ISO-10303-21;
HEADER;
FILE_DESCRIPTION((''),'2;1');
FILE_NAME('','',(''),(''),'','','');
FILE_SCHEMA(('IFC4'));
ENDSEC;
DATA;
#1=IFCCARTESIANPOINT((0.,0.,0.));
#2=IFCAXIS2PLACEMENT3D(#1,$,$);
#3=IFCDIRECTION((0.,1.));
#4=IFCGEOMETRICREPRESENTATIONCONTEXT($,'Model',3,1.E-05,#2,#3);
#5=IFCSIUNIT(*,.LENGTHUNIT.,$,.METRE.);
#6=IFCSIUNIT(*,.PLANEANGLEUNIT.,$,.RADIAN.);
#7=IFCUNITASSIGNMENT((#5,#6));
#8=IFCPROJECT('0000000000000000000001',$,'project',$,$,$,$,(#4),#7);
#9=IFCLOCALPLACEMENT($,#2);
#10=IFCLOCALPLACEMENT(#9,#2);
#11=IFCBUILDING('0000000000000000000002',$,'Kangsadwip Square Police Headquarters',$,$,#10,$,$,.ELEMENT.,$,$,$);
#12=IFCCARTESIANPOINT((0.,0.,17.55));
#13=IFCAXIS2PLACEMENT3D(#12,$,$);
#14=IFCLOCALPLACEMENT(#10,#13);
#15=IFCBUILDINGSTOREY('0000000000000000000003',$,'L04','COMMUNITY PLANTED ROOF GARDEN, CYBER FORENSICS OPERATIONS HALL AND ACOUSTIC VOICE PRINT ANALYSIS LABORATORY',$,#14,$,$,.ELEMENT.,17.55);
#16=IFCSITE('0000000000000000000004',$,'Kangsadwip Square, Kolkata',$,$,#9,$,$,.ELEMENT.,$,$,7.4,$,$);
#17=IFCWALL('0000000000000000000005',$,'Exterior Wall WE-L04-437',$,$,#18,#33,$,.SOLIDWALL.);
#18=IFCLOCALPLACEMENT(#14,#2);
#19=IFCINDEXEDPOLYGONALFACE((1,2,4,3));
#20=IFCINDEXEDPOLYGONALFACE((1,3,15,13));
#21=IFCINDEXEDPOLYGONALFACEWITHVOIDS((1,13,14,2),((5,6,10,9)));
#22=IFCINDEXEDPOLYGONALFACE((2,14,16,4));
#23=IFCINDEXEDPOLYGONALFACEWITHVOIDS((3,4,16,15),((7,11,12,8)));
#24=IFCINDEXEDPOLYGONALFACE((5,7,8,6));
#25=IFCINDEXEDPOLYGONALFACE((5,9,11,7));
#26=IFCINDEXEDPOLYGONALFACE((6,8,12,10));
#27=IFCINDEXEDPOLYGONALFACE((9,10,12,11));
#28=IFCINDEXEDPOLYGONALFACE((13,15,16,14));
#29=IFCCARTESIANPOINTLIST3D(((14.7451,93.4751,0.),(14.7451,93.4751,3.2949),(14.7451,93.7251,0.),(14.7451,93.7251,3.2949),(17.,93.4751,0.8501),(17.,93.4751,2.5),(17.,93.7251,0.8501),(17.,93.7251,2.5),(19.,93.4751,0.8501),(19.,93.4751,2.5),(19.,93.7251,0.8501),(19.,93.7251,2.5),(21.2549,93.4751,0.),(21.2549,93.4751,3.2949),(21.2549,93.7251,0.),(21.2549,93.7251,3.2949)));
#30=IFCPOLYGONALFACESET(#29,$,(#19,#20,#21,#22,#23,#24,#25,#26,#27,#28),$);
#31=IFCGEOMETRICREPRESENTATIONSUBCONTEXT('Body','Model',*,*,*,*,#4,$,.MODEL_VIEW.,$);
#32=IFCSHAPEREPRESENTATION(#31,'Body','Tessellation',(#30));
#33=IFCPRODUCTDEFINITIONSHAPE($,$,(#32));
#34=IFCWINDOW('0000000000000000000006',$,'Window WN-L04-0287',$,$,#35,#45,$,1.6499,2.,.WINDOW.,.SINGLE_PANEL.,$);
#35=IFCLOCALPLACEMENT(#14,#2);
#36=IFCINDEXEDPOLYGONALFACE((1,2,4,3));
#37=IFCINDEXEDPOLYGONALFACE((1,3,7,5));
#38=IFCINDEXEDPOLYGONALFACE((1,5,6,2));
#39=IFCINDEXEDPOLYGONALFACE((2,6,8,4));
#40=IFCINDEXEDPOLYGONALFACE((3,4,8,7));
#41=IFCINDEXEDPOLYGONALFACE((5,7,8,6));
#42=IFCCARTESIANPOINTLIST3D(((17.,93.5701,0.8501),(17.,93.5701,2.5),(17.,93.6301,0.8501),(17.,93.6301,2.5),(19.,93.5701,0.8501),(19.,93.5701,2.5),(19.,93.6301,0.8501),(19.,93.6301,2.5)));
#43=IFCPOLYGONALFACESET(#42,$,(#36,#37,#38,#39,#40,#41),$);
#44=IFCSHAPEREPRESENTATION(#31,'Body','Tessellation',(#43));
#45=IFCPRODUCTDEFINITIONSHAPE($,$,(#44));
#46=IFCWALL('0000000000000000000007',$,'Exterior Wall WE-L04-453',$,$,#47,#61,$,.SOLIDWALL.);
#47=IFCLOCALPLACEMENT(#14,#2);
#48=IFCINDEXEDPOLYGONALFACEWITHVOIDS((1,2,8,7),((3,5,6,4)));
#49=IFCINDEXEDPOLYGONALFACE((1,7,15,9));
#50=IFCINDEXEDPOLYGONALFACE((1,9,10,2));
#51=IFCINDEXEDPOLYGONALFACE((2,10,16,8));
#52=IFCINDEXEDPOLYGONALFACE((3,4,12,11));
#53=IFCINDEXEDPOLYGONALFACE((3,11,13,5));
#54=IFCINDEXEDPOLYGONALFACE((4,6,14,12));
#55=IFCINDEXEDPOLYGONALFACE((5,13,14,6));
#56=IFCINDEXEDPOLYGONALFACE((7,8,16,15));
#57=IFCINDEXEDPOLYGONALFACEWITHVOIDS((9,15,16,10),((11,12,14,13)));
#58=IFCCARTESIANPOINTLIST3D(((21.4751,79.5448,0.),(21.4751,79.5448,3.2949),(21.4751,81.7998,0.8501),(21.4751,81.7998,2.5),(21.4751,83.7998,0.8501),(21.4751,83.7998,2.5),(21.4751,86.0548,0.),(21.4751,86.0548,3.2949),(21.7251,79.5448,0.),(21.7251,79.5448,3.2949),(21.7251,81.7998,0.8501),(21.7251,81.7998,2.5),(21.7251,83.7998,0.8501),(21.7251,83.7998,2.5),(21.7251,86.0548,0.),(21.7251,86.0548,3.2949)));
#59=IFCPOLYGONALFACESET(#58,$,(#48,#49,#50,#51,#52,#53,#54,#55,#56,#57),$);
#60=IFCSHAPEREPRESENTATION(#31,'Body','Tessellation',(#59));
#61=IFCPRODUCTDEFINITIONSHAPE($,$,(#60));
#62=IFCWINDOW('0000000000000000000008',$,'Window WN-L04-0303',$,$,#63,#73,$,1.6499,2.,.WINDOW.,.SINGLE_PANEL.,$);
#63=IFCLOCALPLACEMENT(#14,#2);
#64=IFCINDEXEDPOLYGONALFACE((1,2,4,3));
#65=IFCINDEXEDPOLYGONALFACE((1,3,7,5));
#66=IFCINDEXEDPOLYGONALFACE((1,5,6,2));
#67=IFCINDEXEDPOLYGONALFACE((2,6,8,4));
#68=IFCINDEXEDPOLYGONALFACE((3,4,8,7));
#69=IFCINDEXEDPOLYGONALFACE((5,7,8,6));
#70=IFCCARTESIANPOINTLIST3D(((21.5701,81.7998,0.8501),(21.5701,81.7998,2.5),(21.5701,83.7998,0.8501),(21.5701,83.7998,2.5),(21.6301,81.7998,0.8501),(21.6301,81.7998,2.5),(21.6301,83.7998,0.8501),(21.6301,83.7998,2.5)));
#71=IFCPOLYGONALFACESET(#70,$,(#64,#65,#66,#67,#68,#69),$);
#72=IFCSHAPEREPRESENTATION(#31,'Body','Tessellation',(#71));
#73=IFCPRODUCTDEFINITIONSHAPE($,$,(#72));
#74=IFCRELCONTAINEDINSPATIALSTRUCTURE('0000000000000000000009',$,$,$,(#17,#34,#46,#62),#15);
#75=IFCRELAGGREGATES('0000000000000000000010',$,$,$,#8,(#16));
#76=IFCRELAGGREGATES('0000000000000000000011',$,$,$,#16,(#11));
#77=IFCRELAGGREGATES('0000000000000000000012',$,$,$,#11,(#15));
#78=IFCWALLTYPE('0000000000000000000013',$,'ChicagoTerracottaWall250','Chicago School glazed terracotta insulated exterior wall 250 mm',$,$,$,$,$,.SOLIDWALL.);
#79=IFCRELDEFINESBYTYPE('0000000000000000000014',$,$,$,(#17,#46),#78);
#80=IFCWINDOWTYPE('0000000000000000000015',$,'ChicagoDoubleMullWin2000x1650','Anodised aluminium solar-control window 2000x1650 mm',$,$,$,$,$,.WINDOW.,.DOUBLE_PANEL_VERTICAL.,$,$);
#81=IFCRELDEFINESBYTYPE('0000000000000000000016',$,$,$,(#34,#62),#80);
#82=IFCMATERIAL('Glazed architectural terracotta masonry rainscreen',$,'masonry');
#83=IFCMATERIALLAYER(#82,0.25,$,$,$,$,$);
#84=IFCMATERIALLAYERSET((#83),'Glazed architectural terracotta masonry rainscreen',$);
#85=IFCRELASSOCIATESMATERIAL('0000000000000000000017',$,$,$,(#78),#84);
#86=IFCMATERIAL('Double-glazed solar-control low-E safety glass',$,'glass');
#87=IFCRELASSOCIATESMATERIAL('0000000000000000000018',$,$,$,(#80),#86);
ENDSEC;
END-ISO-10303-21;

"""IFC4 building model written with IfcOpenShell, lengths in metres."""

from ifc_helpers import new_model, si_unit, direction, frame, frame_2d, origin, place, context, subcontext, project, spatial, rectangle, extrude, material, layer, layer_set, type_object, element, fill, save


model = new_model("IFC4")

# Units and contexts
model_context = context("Model", 3, precision=1e-05, world=origin(), true_north=direction((0.0, 1.0)))
body_context = subcontext(model_context, "Body", "Model", "MODEL_VIEW")
ifc_project = project(units=[si_unit("LENGTHUNIT", "METRE"), si_unit("PLANEANGLEUNIT", "RADIAN")], contexts=[model_context])

# Site, building, storey
site_placement = place(None, origin())
site = spatial("IfcSite", under=ifc_project, at=site_placement, Name="Kangsadwip Square, Kolkata", CompositionType="ELEMENT", RefElevation=7.4)
building_placement = place(site_placement, origin())
building = spatial("IfcBuilding", under=site, at=building_placement, Name="Kangsadwip Square Police Headquarters", CompositionType="ELEMENT")
storey_placement = place(building_placement, frame((0.0, 0.0, 17.55)))
storey = spatial("IfcBuildingStorey", under=building, at=storey_placement, Name="L04", Description="COMMUNITY PLANTED ROOF GARDEN, CYBER FORENSICS OPERATIONS HALL AND ACOUSTIC VOICE PRINT ANALYSIS LABORATORY", CompositionType="ELEMENT", Elevation=17.55)

# Walls, openings, windows
ifc_material_1 = material(Name="Glazed architectural terracotta masonry rainscreen", Category="masonry")
ifc_layer_1 = layer(ifc_material_1, 0.25)
ifc_layer_set_1 = layer_set([ifc_layer_1], Name="Glazed architectural terracotta masonry rainscreen")
wall_type_1 = type_object("IfcWallType", Name="ChicagoTerracottaWall250", Description="Chicago School glazed terracotta insulated exterior wall 250 mm", PredefinedType="SOLIDWALL", material=ifc_layer_set_1)
wall_1_placement = place(storey_placement, frame((14.7451, 93.6001, 0.0), z_axis=(0.0, 0.0, 1.0), x_axis=(1.0, 0.0, 0.0)))
wall_1 = element("IfcWall", 1, at=wall_1_placement, inside=storey, type_object=wall_type_1, Name="Exterior Wall WE-L04-437", PredefinedType="SOLIDWALL", context=body_context, shape_type="SweptSolid", body=[
    extrude(rectangle(XDim=6.5098, YDim=0.25, at=frame_2d((3.2549, 0.0))), origin(), (0.0, 0.0, 1.0), 3.2949),
])
opening_1_placement = place(wall_1_placement, frame((2.2549, 0.0, 0.8501)))
opening_1 = element("IfcOpeningElement", 2, at=opening_1_placement, cuts=wall_1, PredefinedType="OPENING", context=body_context, shape_type="SweptSolid", body=[
    extrude(rectangle(XDim=2.0, YDim=1.6499, at=frame_2d((1.0, 0.825))), frame((0.0, 0.135, 0.0), z_axis=(0.0, -1.0, 0.0), x_axis=(1.0, 0.0, 0.0)), (0.0, 0.0, 1.0), 0.27),
])
ifc_material_2 = material(Name="Double-glazed solar-control low-E safety glass", Category="glass")
window_type = type_object("IfcWindowType", Name="ChicagoDoubleMullWin2000x1650", Description="Anodised aluminium solar-control window 2000x1650 mm", PartitioningType="DOUBLE_PANEL_VERTICAL", PredefinedType="WINDOW", material=ifc_material_2)
window_1_placement = place(opening_1_placement, origin())
window_1 = element("IfcWindow", 3, at=window_1_placement, inside=storey, type_object=window_type, Name="Window WN-L04-0287", OverallHeight=1.6499, OverallWidth=2.0, PartitioningType="SINGLE_PANEL", PredefinedType="WINDOW", context=body_context, shape_type="SweptSolid", body=[
    extrude(rectangle(XDim=2.0, YDim=1.6499, at=frame_2d((1.0, 0.825))), frame((0.0, 0.03, 0.0), z_axis=(0.0, -1.0, 0.0), x_axis=(1.0, 0.0, 0.0)), (0.0, 0.0, 1.0), 0.0601),
])
fill(opening_1, window_1)
wall_2_placement = place(storey_placement, frame((21.6001, 79.5449, 0.0), z_axis=(0.0, 0.0, 1.0), x_axis=(0.0, 1.0, 0.0)))
wall_2 = element("IfcWall", 4, at=wall_2_placement, inside=storey, type_object=wall_type_1, Name="Exterior Wall WE-L04-453", PredefinedType="SOLIDWALL", context=body_context, shape_type="SweptSolid", body=[
    extrude(rectangle(XDim=6.51, YDim=0.25, at=frame_2d((3.2549, 0.0))), origin(), (0.0, 0.0, 1.0), 3.2949),
])
opening_2_placement = place(wall_2_placement, frame((2.2549, 0.0, 0.8501)))
opening_2 = element("IfcOpeningElement", 5, at=opening_2_placement, cuts=wall_2, PredefinedType="OPENING", context=body_context, shape_type="SweptSolid", body=[
    extrude(rectangle(XDim=2.0, YDim=1.6499, at=frame_2d((1.0, 0.825))), frame((0.0, 0.135, 0.0), z_axis=(0.0, -1.0, 0.0), x_axis=(1.0, 0.0, 0.0)), (0.0, 0.0, 1.0), 0.27),
])
window_2_placement = place(opening_2_placement, origin())
window_2 = element("IfcWindow", 6, at=window_2_placement, inside=storey, type_object=window_type, Name="Window WN-L04-0303", OverallHeight=1.6499, OverallWidth=2.0, PartitioningType="SINGLE_PANEL", PredefinedType="WINDOW", context=body_context, shape_type="SweptSolid", body=[
    extrude(rectangle(XDim=2.0, YDim=1.6499, at=frame_2d((1.0, 0.825))), frame((0.0, 0.03, 0.0), z_axis=(0.0, -1.0, 0.0), x_axis=(1.0, 0.0, 0.0)), (0.0, 0.0, 1.0), 0.0601),
])
fill(opening_2, window_2)

save(model, "model.ifc")
